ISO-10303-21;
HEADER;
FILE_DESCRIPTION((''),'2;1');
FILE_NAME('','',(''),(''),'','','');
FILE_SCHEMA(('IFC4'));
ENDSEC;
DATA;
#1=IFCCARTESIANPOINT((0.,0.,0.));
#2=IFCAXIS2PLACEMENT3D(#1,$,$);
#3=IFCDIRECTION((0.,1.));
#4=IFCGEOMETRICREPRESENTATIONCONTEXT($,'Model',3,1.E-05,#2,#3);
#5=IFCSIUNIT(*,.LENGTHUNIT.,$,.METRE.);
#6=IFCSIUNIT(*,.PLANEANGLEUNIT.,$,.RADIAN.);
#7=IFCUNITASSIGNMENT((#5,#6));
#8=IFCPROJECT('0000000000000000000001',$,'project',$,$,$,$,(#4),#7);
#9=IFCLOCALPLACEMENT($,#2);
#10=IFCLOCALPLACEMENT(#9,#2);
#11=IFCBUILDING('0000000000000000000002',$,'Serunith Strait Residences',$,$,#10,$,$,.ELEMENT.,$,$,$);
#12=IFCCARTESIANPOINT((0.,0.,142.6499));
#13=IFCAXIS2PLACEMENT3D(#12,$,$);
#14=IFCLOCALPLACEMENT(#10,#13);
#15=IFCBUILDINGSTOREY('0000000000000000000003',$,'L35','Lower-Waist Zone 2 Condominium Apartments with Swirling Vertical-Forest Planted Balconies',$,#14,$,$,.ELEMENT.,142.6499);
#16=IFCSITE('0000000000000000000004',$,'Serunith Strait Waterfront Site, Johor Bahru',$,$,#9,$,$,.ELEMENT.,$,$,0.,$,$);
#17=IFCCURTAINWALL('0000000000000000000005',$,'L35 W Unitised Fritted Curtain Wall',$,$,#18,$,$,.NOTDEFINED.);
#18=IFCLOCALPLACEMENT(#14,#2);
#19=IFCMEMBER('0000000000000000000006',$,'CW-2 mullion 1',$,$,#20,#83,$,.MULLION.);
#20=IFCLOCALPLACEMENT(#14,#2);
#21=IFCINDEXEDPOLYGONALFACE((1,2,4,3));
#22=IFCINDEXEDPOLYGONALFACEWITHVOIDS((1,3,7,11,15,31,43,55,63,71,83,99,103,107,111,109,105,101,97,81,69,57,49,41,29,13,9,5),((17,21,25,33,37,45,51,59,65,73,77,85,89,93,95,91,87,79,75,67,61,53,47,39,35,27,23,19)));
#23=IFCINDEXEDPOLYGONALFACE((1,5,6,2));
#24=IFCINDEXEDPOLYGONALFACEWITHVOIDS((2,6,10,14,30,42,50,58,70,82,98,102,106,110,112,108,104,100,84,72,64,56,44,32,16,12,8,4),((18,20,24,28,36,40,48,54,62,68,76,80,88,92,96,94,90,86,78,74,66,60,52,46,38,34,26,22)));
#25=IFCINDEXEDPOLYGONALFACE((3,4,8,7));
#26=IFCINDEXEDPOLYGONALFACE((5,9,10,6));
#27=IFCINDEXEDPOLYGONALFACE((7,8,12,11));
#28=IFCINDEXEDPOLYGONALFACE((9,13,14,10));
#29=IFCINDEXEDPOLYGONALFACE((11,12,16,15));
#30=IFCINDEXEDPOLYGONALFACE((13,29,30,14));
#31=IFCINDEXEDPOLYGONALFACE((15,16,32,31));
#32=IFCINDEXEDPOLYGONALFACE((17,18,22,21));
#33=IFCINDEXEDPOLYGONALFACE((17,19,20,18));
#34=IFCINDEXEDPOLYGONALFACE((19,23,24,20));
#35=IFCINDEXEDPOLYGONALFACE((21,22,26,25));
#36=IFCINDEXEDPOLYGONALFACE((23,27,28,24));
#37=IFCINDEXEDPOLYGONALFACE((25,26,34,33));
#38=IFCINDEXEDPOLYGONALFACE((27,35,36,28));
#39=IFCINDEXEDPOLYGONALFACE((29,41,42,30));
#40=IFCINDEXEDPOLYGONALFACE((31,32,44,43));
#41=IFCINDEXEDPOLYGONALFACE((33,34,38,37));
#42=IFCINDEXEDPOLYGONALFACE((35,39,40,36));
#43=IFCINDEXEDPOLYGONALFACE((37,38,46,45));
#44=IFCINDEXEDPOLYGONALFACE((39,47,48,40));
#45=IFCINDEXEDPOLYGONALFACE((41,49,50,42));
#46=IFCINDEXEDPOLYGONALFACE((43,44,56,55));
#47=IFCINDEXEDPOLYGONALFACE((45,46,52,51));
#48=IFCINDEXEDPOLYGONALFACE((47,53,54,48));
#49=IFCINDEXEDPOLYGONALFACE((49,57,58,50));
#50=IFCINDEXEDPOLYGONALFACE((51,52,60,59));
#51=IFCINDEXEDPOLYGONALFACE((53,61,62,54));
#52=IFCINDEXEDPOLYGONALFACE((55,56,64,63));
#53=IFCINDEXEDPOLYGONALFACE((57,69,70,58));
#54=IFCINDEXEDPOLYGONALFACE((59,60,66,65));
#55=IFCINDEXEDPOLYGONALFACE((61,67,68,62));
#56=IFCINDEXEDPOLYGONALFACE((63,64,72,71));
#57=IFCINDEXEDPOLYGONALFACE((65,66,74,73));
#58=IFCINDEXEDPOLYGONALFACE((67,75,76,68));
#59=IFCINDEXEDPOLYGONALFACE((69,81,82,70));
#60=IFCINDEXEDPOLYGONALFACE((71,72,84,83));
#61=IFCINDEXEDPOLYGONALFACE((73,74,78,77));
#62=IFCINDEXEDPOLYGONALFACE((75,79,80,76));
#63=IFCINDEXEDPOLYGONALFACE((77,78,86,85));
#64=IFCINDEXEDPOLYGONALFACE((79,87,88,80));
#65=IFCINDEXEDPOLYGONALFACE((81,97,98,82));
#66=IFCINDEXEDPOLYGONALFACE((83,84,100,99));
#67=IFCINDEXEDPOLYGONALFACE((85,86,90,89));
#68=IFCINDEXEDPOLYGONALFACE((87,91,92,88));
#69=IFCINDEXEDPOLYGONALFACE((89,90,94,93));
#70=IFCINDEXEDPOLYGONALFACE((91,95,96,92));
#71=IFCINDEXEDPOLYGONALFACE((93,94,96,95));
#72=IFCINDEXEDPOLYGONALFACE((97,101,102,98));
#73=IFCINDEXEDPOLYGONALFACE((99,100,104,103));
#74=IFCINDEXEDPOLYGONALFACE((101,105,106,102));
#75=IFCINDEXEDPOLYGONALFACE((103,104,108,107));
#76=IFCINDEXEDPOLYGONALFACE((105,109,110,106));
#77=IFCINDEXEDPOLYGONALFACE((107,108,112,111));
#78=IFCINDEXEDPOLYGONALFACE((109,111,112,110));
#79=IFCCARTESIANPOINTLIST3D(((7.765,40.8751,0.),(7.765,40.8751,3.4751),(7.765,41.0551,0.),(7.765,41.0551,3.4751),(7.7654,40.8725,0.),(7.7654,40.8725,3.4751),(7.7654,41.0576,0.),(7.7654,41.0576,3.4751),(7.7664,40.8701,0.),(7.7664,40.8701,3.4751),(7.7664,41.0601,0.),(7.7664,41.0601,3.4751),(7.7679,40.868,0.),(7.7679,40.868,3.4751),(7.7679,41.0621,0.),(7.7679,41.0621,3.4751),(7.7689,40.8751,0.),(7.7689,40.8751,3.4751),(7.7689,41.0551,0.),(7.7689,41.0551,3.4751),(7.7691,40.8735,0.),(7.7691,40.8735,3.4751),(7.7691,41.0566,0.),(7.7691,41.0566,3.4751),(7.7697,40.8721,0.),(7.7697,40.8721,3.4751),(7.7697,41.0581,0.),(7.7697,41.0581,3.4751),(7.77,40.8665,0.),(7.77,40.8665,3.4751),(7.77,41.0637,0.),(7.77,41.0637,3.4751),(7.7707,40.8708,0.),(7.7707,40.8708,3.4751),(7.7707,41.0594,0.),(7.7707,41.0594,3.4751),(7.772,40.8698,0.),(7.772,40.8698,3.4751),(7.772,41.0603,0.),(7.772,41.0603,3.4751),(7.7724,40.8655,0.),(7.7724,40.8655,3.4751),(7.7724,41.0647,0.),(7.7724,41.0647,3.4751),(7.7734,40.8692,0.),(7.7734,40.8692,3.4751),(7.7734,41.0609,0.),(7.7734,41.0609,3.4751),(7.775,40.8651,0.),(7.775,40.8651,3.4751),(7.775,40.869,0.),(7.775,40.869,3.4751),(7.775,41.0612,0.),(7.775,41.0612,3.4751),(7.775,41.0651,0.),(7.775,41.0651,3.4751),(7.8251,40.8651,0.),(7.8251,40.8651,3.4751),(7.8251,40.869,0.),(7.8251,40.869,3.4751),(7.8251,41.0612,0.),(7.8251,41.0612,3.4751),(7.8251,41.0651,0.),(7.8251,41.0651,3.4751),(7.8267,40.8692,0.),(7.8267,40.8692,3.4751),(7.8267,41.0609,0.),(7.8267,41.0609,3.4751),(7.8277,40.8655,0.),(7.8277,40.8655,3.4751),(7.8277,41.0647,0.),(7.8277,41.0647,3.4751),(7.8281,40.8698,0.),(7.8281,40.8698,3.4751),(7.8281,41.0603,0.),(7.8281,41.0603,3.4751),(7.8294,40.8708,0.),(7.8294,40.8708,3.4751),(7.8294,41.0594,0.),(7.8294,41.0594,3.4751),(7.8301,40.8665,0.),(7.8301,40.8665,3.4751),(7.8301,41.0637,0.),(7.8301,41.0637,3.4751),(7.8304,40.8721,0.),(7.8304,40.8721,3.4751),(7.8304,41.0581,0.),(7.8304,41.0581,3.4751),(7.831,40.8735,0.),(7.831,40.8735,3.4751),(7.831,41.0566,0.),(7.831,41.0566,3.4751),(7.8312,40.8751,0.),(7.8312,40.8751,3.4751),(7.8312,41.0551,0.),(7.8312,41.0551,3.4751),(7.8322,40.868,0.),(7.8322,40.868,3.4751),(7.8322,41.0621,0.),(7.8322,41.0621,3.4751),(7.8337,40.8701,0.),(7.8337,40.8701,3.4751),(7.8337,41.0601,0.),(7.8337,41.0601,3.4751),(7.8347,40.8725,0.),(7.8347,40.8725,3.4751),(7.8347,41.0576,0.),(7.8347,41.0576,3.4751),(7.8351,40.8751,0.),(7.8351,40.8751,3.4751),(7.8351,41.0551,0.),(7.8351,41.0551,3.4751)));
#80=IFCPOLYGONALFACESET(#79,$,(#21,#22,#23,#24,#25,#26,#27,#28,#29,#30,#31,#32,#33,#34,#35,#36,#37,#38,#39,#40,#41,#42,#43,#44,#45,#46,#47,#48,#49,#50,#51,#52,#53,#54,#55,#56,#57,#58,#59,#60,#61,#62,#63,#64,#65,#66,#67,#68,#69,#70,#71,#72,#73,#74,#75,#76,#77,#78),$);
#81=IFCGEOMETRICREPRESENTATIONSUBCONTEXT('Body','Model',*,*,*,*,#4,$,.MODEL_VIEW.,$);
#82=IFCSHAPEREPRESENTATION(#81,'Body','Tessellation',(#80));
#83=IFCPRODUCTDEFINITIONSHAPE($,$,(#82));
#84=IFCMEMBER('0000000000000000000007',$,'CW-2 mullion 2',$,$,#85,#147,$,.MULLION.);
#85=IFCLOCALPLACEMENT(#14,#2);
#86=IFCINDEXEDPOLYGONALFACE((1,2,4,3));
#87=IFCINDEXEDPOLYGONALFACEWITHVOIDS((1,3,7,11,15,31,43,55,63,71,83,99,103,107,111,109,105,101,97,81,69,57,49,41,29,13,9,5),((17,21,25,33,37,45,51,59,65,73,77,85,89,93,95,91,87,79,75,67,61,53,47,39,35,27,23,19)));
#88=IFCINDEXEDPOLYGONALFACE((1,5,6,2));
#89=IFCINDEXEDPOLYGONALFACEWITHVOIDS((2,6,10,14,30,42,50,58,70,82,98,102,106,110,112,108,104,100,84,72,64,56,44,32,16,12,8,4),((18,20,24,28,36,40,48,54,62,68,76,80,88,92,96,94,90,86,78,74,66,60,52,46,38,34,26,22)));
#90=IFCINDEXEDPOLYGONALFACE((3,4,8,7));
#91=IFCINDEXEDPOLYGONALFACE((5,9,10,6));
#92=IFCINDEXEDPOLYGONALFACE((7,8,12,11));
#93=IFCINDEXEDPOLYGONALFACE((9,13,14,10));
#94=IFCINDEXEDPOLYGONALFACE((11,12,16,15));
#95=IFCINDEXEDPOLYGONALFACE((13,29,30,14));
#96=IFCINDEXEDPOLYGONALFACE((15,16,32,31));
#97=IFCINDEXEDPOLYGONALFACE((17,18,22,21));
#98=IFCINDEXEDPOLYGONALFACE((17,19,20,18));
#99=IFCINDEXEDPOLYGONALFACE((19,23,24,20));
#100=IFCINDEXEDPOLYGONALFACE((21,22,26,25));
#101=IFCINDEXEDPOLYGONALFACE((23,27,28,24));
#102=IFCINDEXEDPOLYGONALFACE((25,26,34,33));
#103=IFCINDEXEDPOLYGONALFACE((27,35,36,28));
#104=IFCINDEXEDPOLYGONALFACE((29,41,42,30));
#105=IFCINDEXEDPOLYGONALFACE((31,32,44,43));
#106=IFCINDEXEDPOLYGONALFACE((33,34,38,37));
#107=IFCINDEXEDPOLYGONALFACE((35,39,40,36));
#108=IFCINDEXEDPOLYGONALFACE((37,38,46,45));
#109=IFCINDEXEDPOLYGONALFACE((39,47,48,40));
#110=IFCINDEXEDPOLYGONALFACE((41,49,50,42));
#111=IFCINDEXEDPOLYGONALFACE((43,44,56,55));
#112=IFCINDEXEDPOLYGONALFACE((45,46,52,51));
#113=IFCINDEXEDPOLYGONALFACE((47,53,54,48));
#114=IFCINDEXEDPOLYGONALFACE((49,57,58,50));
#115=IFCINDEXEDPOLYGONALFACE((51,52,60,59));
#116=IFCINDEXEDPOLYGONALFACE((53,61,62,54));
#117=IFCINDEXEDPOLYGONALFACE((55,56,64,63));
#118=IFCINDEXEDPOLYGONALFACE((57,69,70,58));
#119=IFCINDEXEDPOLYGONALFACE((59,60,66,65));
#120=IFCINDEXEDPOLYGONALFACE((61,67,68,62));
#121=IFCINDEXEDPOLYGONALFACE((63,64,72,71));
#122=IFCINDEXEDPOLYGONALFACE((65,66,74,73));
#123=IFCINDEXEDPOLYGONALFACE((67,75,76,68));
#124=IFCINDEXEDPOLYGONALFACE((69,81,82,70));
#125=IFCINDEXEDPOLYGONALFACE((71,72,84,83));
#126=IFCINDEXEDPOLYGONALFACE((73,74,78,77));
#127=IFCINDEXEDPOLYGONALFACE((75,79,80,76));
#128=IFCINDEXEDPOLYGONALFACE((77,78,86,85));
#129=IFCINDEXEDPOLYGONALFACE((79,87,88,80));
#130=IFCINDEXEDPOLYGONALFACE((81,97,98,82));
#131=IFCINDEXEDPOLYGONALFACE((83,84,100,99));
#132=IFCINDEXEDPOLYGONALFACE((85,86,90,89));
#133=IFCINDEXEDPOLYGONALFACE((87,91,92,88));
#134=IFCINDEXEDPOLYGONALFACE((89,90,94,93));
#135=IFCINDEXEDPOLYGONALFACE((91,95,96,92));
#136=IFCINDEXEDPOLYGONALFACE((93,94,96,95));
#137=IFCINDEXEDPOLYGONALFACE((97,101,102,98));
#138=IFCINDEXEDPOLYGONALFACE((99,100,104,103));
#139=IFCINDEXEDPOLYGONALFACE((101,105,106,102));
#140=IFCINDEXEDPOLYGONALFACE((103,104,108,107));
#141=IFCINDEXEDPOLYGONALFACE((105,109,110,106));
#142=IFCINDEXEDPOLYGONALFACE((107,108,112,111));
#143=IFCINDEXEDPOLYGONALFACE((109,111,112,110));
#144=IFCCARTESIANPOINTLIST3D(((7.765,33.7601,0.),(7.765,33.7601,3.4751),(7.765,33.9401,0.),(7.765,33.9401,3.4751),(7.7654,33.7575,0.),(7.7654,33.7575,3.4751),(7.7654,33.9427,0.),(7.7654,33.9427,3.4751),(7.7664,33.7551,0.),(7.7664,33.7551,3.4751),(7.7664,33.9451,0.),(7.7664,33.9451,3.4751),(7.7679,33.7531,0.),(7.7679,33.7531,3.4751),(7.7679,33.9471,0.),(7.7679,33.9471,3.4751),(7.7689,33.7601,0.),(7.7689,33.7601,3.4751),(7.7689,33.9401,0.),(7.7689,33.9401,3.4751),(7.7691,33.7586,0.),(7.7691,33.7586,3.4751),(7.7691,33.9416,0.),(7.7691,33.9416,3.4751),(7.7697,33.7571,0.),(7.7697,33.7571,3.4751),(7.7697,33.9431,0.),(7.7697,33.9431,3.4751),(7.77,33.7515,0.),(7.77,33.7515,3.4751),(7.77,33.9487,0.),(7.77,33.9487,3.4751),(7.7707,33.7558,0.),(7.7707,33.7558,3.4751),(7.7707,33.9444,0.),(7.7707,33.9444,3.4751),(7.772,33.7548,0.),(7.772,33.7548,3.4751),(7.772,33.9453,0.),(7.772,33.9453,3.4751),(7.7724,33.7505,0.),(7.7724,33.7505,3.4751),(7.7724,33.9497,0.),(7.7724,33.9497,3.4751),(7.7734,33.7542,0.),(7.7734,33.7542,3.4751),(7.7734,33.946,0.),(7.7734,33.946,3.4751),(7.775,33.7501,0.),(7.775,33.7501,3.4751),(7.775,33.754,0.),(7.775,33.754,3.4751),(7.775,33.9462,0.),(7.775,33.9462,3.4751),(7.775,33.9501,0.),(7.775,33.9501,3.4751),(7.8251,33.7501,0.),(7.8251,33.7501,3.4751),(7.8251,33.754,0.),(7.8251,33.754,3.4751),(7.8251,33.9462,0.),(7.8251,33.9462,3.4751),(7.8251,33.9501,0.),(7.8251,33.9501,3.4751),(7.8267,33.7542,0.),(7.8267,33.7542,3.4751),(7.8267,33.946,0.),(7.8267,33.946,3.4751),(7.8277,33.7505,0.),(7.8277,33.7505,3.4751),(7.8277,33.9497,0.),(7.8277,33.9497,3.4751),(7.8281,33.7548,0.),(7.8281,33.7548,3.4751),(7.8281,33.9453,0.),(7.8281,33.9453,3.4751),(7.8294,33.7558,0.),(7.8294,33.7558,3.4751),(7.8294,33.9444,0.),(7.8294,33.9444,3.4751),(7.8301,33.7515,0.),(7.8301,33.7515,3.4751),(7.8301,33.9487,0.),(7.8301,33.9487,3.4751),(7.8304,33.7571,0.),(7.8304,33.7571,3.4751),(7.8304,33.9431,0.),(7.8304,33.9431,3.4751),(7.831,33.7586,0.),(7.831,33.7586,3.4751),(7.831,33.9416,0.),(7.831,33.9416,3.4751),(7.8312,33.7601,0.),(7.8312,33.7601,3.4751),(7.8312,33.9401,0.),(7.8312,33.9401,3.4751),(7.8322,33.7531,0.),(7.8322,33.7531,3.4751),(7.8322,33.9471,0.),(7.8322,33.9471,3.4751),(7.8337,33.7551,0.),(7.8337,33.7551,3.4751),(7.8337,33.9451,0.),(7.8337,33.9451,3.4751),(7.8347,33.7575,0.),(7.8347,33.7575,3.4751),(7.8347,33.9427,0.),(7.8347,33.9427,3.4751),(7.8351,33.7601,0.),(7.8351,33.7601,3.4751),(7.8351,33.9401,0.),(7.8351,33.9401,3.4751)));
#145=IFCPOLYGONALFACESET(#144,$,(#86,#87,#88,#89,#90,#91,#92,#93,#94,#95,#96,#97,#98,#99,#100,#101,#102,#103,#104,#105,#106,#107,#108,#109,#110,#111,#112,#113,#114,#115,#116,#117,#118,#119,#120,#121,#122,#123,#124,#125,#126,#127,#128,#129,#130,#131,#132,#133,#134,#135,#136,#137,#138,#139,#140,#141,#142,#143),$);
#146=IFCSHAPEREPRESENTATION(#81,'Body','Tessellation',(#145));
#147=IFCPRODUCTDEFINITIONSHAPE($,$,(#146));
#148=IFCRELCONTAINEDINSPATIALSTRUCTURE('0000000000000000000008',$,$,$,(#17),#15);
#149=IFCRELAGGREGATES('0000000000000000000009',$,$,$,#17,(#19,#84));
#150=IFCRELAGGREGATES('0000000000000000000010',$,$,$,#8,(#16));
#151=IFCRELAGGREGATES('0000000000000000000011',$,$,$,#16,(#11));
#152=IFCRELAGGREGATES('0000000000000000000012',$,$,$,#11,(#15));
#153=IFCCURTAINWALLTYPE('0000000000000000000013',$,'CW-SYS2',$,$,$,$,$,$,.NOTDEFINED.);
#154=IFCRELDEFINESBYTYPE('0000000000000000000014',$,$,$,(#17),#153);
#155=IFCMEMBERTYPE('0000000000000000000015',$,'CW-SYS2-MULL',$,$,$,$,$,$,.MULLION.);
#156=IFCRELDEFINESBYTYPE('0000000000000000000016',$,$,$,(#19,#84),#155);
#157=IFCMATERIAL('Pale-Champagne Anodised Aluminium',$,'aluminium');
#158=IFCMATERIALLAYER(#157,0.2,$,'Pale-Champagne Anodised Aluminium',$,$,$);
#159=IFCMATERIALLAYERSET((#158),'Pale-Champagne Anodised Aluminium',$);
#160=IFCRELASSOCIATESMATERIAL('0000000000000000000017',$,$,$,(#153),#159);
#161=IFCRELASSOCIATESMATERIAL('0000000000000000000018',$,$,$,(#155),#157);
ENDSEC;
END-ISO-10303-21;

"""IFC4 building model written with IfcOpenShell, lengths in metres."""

from ifc_helpers import new_model, si_unit, direction, frame, origin, origin_2d, place, context, subcontext, project, spatial, hollow_rectangle, extrude, source, transform, mapped, material, layer, layer_set, material_profile, profile_set, type_object, element, aggregate, save


model = new_model("IFC4")

# Units and contexts
model_context = context("Model", 3, precision=1e-05, world=origin(), true_north=direction((0.0, 1.0)))
body_context = subcontext(model_context, "Body", "Model", "MODEL_VIEW")
ifc_project = project(units=[si_unit("LENGTHUNIT", "METRE"), si_unit("PLANEANGLEUNIT", "RADIAN")], contexts=[model_context])

# Site, building, storey
site_placement = place(None, origin())
site = spatial("IfcSite", under=ifc_project, at=site_placement, Name="Serunith Strait Waterfront Site, Johor Bahru", CompositionType="ELEMENT", RefElevation=0.0)
building_placement = place(site_placement, origin())
building = spatial("IfcBuilding", under=site, at=building_placement, Name="Serunith Strait Residences", CompositionType="ELEMENT")
storey_placement = place(building_placement, frame((0.0, 0.0, 142.6499)))
storey = spatial("IfcBuildingStorey", under=building, at=storey_placement, Name="L35", Description="Lower-Waist Zone 2 Condominium Apartments with Swirling Vertical-Forest Planted Balconies", CompositionType="ELEMENT", Elevation=142.6499)

# Shared definitions
ifc_material_1 = material(Name="Pale-Champagne Anodised Aluminium", Category="aluminium")
ifc_layer_1 = layer(ifc_material_1, 0.2, Name="Pale-Champagne Anodised Aluminium")
ifc_layer_set_1 = layer_set([ifc_layer_1], Name="Pale-Champagne Anodised Aluminium")
curtain_wall_type = type_object("IfcCurtainWallType", Name="CW-SYS2", PredefinedType="NOTDEFINED", material=ifc_layer_set_1)
ifc_material_profile_1 = material_profile(ifc_material_1, hollow_rectangle(XDim=0.0701, YDim=0.2, WallThickness=0.0039, InnerFilletRadius=0.0061, OuterFilletRadius=0.01, at=origin_2d()), Name="ALU 200x70x4")
ifc_profile_set_1 = profile_set([ifc_material_profile_1], Name="Pale-Champagne Anodised Aluminium")
member_type_1 = type_object("IfcMemberType", Name="CW-SYS2-MULL", PredefinedType="MULLION", material=ifc_profile_set_1)
shared_shape_1 = source(origin(), body_context, "Body", "SweptSolid", [
    extrude(hollow_rectangle(XDim=0.0701, YDim=0.2, WallThickness=0.0039, InnerFilletRadius=0.0061, OuterFilletRadius=0.01, at=origin_2d()), origin(), (0.0, 0.0, 1.0), 3.4751),
])

# Curtain wall, members
curtain_wall_1_placement = place(storey_placement, origin())
curtain_wall_1 = element("IfcCurtainWall", 1, at=curtain_wall_1_placement, inside=storey, type_object=curtain_wall_type, Name="L35 W Unitised Fritted Curtain Wall", PredefinedType="NOTDEFINED")
member_1_placement = place(storey_placement, frame((7.8, 40.9651, 0.0), z_axis=(0.0, 0.0, 1.0), x_axis=(1.0, 0.0, 0.0)))
member_1 = element("IfcMember", 2, at=member_1_placement, type_object=member_type_1, Name="CW-2 mullion 1", PredefinedType="MULLION", context=body_context, shape_type="MappedRepresentation", body=[
    mapped(shared_shape_1, transform((0.0, 0.0, 0.0), scale=1.0)),
])
member_2_placement = place(storey_placement, frame((7.8, 33.8501, 0.0), z_axis=(0.0, 0.0, 1.0), x_axis=(1.0, 0.0, 0.0)))
member_2 = element("IfcMember", 3, at=member_2_placement, type_object=member_type_1, Name="CW-2 mullion 2", PredefinedType="MULLION", context=body_context, shape_type="MappedRepresentation", body=[
    mapped(shared_shape_1, transform((0.0, 0.0, 0.0), scale=1.0)),
])

aggregate(curtain_wall_1, [member_1, member_2])

save(model, "model.ifc")
